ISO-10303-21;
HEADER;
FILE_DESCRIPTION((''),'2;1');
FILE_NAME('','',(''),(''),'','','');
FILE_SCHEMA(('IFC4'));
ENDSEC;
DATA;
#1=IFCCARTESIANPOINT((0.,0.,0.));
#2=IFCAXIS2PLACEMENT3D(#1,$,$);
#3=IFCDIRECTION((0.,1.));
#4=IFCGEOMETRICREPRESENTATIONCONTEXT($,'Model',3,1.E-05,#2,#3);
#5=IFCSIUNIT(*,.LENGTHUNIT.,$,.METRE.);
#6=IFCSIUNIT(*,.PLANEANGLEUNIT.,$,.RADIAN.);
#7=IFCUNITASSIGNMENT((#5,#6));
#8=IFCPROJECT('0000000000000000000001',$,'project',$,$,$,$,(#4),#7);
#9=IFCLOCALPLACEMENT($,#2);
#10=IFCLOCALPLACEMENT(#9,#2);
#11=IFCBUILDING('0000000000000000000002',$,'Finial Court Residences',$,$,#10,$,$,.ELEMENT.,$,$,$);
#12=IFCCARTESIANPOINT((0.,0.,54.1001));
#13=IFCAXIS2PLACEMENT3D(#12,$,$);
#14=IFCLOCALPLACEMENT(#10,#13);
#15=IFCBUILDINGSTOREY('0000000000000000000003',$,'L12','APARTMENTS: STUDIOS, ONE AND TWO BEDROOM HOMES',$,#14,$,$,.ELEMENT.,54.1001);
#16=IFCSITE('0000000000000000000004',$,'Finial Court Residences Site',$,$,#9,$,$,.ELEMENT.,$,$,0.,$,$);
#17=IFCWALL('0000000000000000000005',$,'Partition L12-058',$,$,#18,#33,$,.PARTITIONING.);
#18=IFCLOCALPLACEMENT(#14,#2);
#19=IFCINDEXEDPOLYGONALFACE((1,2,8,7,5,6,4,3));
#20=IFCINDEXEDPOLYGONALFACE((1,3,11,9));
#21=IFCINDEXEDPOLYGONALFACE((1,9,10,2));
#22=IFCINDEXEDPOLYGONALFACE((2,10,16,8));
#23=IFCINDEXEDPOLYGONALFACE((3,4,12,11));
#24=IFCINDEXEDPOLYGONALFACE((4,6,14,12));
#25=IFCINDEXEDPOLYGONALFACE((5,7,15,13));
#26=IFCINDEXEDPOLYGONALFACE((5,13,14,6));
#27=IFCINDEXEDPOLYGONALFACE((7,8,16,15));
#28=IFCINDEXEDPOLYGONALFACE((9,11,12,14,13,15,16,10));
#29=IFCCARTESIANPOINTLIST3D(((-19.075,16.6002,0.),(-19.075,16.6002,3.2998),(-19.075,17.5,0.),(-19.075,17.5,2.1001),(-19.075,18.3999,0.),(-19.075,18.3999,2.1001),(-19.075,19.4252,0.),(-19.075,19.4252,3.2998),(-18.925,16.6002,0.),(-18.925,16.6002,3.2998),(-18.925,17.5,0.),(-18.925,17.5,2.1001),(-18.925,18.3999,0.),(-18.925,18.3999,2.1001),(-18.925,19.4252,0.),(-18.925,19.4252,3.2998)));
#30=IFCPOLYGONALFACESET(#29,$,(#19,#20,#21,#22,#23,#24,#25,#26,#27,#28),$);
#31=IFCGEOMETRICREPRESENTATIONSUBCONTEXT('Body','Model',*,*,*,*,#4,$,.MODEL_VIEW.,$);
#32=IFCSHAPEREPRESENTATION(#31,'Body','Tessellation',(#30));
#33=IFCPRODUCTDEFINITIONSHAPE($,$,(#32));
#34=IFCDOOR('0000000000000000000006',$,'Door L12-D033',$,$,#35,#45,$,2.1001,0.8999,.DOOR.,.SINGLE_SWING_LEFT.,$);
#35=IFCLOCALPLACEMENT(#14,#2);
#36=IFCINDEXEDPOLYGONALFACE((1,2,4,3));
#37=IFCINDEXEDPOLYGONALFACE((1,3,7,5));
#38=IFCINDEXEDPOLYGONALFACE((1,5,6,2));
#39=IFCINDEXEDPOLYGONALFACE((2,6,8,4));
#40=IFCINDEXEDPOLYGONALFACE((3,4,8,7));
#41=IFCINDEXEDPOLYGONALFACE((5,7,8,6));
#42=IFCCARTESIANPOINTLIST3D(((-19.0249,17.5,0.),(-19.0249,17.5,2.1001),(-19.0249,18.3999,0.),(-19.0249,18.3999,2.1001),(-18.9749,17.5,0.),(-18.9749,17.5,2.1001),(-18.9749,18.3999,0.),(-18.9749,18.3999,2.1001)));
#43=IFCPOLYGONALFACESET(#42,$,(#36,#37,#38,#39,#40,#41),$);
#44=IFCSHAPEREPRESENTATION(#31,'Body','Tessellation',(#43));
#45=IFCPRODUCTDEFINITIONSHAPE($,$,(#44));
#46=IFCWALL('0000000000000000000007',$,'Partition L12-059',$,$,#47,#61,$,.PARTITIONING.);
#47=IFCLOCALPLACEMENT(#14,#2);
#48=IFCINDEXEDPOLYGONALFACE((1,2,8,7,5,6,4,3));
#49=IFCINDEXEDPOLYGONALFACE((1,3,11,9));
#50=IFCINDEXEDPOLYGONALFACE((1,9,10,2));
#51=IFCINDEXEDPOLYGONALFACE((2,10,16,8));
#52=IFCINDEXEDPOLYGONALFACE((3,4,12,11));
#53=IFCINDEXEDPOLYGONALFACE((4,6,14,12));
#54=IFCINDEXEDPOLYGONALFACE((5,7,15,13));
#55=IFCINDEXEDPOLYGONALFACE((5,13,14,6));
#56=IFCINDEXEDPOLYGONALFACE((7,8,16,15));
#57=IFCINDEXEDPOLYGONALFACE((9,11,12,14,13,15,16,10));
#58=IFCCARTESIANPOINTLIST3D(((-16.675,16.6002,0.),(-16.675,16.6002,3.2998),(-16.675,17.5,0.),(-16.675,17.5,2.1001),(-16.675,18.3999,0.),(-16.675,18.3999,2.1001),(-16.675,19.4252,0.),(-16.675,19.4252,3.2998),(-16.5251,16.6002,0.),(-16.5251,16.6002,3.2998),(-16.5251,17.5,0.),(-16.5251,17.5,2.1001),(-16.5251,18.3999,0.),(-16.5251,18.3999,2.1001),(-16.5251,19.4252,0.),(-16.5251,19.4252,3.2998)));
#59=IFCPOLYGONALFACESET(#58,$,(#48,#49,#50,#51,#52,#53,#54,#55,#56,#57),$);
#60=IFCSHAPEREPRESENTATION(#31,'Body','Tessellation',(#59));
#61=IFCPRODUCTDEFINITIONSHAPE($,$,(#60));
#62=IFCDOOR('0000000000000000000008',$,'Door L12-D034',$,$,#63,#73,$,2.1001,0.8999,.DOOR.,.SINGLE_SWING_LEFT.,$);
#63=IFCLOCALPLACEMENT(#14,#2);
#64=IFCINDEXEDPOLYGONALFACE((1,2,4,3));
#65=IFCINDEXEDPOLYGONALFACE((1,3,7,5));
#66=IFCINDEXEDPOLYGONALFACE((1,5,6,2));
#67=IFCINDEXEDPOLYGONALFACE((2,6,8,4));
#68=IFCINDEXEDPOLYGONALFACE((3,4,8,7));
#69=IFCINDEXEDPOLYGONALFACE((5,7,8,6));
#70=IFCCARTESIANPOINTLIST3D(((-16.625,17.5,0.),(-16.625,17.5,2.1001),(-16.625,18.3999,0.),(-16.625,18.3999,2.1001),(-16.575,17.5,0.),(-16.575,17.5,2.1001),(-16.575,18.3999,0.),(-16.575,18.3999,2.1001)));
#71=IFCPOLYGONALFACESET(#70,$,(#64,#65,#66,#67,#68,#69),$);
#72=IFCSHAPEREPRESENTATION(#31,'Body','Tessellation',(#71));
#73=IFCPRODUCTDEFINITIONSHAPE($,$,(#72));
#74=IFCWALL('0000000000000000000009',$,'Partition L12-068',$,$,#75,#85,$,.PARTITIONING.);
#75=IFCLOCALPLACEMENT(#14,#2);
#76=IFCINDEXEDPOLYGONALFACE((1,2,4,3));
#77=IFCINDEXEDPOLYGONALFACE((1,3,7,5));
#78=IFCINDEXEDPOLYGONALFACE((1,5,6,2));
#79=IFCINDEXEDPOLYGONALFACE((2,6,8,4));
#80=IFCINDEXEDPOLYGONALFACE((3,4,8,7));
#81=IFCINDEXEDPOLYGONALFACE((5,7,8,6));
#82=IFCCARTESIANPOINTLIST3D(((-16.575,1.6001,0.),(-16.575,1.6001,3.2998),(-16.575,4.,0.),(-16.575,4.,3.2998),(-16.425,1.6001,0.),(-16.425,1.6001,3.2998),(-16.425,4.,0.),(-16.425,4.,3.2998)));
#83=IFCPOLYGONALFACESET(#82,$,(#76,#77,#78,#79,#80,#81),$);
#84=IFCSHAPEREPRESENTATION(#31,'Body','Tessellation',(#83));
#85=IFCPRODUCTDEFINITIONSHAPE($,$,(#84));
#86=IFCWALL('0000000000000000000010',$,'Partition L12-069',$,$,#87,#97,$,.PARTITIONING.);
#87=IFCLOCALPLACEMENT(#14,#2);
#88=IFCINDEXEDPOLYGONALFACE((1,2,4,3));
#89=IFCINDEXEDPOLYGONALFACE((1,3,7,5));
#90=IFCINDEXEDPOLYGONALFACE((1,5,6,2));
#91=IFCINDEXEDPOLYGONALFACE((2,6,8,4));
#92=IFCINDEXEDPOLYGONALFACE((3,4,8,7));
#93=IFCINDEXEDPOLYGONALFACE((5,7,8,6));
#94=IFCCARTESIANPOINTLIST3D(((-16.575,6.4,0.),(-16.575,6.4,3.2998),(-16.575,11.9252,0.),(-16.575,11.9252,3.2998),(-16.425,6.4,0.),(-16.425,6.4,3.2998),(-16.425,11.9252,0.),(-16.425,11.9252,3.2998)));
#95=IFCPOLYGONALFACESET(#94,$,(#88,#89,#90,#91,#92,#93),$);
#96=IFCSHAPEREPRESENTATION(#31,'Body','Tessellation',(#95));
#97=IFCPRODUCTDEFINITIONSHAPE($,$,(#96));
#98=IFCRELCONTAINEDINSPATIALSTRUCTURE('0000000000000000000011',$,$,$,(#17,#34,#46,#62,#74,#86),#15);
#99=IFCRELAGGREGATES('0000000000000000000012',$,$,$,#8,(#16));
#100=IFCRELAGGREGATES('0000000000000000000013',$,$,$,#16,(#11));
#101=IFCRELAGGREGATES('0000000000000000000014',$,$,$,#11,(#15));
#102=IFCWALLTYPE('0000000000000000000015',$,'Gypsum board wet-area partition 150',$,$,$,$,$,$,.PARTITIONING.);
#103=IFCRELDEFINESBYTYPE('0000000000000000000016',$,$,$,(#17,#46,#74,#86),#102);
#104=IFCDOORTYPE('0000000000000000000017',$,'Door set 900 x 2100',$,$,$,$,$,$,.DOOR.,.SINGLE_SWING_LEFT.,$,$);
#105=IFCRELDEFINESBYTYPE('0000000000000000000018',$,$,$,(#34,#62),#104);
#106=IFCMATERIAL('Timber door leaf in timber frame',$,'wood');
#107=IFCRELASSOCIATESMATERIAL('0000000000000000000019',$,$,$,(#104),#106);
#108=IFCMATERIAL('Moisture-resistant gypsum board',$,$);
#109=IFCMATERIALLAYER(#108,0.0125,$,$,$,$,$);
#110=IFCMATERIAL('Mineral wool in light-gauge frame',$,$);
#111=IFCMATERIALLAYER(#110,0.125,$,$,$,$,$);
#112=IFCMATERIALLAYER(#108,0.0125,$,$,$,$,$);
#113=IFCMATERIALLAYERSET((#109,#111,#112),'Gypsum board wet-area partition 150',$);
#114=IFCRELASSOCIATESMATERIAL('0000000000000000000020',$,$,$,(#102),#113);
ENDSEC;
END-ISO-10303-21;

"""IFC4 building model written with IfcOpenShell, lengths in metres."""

from ifc_helpers import new_model, si_unit, direction, frame, frame_2d, origin, place, context, subcontext, project, spatial, rectangle, extrude, material, layer, layer_set, type_object, element, fill, save


model = new_model("IFC4")

# Units and contexts
model_context = context("Model", 3, precision=1e-05, world=origin(), true_north=direction((0.0, 1.0)))
body_context = subcontext(model_context, "Body", "Model", "MODEL_VIEW")
ifc_project = project(units=[si_unit("LENGTHUNIT", "METRE"), si_unit("PLANEANGLEUNIT", "RADIAN")], contexts=[model_context])

# Site, building, storey
site_placement = place(None, origin())
site = spatial("IfcSite", under=ifc_project, at=site_placement, Name="Finial Court Residences Site", CompositionType="ELEMENT", RefElevation=0.0)
building_placement = place(site_placement, origin())
building = spatial("IfcBuilding", under=site, at=building_placement, Name="Finial Court Residences", CompositionType="ELEMENT")
storey_placement = place(building_placement, frame((0.0, 0.0, 54.1001)))
storey = spatial("IfcBuildingStorey", under=building, at=storey_placement, Name="L12", Description="APARTMENTS: STUDIOS, ONE AND TWO BEDROOM HOMES", CompositionType="ELEMENT", Elevation=54.1001)

# Shared definitions
ifc_material_1 = material(Name="Mineral wool in light-gauge frame")
ifc_material_2 = material(Name="Timber door leaf in timber frame", Category="wood")
door_type = type_object("IfcDoorType", Name="Door set 900 x 2100", OperationType="SINGLE_SWING_LEFT", PredefinedType="DOOR", material=ifc_material_2)
ifc_material_3 = material(Name="Moisture-resistant gypsum board")
ifc_layer_1 = layer(ifc_material_3, 0.0125)
ifc_layer_2 = layer(ifc_material_1, 0.125)
ifc_layer_3 = layer(ifc_material_3, 0.0125)
ifc_layer_set_1 = layer_set([ifc_layer_1, ifc_layer_2, ifc_layer_3], Name="Gypsum board wet-area partition 150")
wall_type_1 = type_object("IfcWallType", Name="Gypsum board wet-area partition 150", PredefinedType="PARTITIONING", material=ifc_layer_set_1)

# Walls, openings, doors
wall_1_placement = place(storey_placement, frame((-19.0, 16.6001, 0.0), z_axis=(0.0, 0.0, 1.0), x_axis=(0.0, 1.0, 0.0)))
wall_1 = element("IfcWall", 1, at=wall_1_placement, inside=storey, type_object=wall_type_1, Name="Partition L12-058", PredefinedType="PARTITIONING", context=body_context, shape_type="SweptSolid", body=[
    extrude(rectangle(XDim=2.825, YDim=0.1499, at=frame_2d((1.4126, 0.0))), origin(), (0.0, 0.0, 1.0), 3.2998),
])
opening_1_placement = place(wall_1_placement, frame((0.8999, 0.0, 0.0)))
opening_1 = element("IfcOpeningElement", 2, at=opening_1_placement, cuts=wall_1, PredefinedType="OPENING", context=body_context, shape_type="SweptSolid", body=[
    extrude(rectangle(XDim=0.8999, YDim=2.1001, at=frame_2d((0.45, 1.05))), frame((0.0, 0.085, 0.0), z_axis=(0.0, -1.0, 0.0), x_axis=(1.0, 0.0, 0.0)), (0.0, 0.0, 1.0), 0.1699),
])
door_1_placement = place(opening_1_placement, origin())
door_1 = element("IfcDoor", 3, at=door_1_placement, inside=storey, type_object=door_type, Name="Door L12-D033", OperationType="SINGLE_SWING_LEFT", OverallHeight=2.1001, OverallWidth=0.8999, PredefinedType="DOOR", context=body_context, shape_type="SweptSolid", body=[
    extrude(rectangle(XDim=0.8999, YDim=2.1001, at=frame_2d((0.45, 1.05))), frame((0.0, 0.0249, 0.0), z_axis=(0.0, -1.0, 0.0), x_axis=(1.0, 0.0, 0.0)), (0.0, 0.0, 1.0), 0.05),
])
fill(opening_1, door_1)
wall_2_placement = place(storey_placement, frame((-16.6001, 16.6001, 0.0), z_axis=(0.0, 0.0, 1.0), x_axis=(0.0, 1.0, 0.0)))
wall_2 = element("IfcWall", 4, at=wall_2_placement, inside=storey, type_object=wall_type_1, Name="Partition L12-059", PredefinedType="PARTITIONING", context=body_context, shape_type="SweptSolid", body=[
    extrude(rectangle(XDim=2.825, YDim=0.1499, at=frame_2d((1.4126, 0.0))), origin(), (0.0, 0.0, 1.0), 3.2998),
])
opening_2_placement = place(wall_2_placement, frame((0.8999, 0.0, 0.0)))
opening_2 = element("IfcOpeningElement", 5, at=opening_2_placement, cuts=wall_2, PredefinedType="OPENING", context=body_context, shape_type="SweptSolid", body=[
    extrude(rectangle(XDim=0.8999, YDim=2.1001, at=frame_2d((0.45, 1.05))), frame((0.0, 0.085, 0.0), z_axis=(0.0, -1.0, 0.0), x_axis=(1.0, 0.0, 0.0)), (0.0, 0.0, 1.0), 0.1699),
])
door_2_placement = place(opening_2_placement, origin())
door_2 = element("IfcDoor", 6, at=door_2_placement, inside=storey, type_object=door_type, Name="Door L12-D034", OperationType="SINGLE_SWING_LEFT", OverallHeight=2.1001, OverallWidth=0.8999, PredefinedType="DOOR", context=body_context, shape_type="SweptSolid", body=[
    extrude(rectangle(XDim=0.8999, YDim=2.1001, at=frame_2d((0.45, 1.05))), frame((0.0, 0.0249, 0.0), z_axis=(0.0, -1.0, 0.0), x_axis=(1.0, 0.0, 0.0)), (0.0, 0.0, 1.0), 0.05),
])
fill(opening_2, door_2)

# Walls
wall_3_placement = place(storey_placement, frame((-16.5, 1.6001, 0.0), z_axis=(0.0, 0.0, 1.0), x_axis=(0.0, 1.0, 0.0)))
element("IfcWall", 7, at=wall_3_placement, inside=storey, type_object=wall_type_1, Name="Partition L12-068", PredefinedType="PARTITIONING", context=body_context, shape_type="SweptSolid", body=[
    extrude(rectangle(XDim=2.3999, YDim=0.1499, at=frame_2d((1.2, 0.0))), origin(), (0.0, 0.0, 1.0), 3.2998),
])
wall_4_placement = place(storey_placement, frame((-16.5, 6.3999, 0.0), z_axis=(0.0, 0.0, 1.0), x_axis=(0.0, 1.0, 0.0)))
element("IfcWall", 8, at=wall_4_placement, inside=storey, type_object=wall_type_1, Name="Partition L12-069", PredefinedType="PARTITIONING", context=body_context, shape_type="SweptSolid", body=[
    extrude(rectangle(XDim=5.5251, YDim=0.1499, at=frame_2d((2.7627, 0.0))), origin(), (0.0, 0.0, 1.0), 3.2998),
])

save(model, "model.ifc")
